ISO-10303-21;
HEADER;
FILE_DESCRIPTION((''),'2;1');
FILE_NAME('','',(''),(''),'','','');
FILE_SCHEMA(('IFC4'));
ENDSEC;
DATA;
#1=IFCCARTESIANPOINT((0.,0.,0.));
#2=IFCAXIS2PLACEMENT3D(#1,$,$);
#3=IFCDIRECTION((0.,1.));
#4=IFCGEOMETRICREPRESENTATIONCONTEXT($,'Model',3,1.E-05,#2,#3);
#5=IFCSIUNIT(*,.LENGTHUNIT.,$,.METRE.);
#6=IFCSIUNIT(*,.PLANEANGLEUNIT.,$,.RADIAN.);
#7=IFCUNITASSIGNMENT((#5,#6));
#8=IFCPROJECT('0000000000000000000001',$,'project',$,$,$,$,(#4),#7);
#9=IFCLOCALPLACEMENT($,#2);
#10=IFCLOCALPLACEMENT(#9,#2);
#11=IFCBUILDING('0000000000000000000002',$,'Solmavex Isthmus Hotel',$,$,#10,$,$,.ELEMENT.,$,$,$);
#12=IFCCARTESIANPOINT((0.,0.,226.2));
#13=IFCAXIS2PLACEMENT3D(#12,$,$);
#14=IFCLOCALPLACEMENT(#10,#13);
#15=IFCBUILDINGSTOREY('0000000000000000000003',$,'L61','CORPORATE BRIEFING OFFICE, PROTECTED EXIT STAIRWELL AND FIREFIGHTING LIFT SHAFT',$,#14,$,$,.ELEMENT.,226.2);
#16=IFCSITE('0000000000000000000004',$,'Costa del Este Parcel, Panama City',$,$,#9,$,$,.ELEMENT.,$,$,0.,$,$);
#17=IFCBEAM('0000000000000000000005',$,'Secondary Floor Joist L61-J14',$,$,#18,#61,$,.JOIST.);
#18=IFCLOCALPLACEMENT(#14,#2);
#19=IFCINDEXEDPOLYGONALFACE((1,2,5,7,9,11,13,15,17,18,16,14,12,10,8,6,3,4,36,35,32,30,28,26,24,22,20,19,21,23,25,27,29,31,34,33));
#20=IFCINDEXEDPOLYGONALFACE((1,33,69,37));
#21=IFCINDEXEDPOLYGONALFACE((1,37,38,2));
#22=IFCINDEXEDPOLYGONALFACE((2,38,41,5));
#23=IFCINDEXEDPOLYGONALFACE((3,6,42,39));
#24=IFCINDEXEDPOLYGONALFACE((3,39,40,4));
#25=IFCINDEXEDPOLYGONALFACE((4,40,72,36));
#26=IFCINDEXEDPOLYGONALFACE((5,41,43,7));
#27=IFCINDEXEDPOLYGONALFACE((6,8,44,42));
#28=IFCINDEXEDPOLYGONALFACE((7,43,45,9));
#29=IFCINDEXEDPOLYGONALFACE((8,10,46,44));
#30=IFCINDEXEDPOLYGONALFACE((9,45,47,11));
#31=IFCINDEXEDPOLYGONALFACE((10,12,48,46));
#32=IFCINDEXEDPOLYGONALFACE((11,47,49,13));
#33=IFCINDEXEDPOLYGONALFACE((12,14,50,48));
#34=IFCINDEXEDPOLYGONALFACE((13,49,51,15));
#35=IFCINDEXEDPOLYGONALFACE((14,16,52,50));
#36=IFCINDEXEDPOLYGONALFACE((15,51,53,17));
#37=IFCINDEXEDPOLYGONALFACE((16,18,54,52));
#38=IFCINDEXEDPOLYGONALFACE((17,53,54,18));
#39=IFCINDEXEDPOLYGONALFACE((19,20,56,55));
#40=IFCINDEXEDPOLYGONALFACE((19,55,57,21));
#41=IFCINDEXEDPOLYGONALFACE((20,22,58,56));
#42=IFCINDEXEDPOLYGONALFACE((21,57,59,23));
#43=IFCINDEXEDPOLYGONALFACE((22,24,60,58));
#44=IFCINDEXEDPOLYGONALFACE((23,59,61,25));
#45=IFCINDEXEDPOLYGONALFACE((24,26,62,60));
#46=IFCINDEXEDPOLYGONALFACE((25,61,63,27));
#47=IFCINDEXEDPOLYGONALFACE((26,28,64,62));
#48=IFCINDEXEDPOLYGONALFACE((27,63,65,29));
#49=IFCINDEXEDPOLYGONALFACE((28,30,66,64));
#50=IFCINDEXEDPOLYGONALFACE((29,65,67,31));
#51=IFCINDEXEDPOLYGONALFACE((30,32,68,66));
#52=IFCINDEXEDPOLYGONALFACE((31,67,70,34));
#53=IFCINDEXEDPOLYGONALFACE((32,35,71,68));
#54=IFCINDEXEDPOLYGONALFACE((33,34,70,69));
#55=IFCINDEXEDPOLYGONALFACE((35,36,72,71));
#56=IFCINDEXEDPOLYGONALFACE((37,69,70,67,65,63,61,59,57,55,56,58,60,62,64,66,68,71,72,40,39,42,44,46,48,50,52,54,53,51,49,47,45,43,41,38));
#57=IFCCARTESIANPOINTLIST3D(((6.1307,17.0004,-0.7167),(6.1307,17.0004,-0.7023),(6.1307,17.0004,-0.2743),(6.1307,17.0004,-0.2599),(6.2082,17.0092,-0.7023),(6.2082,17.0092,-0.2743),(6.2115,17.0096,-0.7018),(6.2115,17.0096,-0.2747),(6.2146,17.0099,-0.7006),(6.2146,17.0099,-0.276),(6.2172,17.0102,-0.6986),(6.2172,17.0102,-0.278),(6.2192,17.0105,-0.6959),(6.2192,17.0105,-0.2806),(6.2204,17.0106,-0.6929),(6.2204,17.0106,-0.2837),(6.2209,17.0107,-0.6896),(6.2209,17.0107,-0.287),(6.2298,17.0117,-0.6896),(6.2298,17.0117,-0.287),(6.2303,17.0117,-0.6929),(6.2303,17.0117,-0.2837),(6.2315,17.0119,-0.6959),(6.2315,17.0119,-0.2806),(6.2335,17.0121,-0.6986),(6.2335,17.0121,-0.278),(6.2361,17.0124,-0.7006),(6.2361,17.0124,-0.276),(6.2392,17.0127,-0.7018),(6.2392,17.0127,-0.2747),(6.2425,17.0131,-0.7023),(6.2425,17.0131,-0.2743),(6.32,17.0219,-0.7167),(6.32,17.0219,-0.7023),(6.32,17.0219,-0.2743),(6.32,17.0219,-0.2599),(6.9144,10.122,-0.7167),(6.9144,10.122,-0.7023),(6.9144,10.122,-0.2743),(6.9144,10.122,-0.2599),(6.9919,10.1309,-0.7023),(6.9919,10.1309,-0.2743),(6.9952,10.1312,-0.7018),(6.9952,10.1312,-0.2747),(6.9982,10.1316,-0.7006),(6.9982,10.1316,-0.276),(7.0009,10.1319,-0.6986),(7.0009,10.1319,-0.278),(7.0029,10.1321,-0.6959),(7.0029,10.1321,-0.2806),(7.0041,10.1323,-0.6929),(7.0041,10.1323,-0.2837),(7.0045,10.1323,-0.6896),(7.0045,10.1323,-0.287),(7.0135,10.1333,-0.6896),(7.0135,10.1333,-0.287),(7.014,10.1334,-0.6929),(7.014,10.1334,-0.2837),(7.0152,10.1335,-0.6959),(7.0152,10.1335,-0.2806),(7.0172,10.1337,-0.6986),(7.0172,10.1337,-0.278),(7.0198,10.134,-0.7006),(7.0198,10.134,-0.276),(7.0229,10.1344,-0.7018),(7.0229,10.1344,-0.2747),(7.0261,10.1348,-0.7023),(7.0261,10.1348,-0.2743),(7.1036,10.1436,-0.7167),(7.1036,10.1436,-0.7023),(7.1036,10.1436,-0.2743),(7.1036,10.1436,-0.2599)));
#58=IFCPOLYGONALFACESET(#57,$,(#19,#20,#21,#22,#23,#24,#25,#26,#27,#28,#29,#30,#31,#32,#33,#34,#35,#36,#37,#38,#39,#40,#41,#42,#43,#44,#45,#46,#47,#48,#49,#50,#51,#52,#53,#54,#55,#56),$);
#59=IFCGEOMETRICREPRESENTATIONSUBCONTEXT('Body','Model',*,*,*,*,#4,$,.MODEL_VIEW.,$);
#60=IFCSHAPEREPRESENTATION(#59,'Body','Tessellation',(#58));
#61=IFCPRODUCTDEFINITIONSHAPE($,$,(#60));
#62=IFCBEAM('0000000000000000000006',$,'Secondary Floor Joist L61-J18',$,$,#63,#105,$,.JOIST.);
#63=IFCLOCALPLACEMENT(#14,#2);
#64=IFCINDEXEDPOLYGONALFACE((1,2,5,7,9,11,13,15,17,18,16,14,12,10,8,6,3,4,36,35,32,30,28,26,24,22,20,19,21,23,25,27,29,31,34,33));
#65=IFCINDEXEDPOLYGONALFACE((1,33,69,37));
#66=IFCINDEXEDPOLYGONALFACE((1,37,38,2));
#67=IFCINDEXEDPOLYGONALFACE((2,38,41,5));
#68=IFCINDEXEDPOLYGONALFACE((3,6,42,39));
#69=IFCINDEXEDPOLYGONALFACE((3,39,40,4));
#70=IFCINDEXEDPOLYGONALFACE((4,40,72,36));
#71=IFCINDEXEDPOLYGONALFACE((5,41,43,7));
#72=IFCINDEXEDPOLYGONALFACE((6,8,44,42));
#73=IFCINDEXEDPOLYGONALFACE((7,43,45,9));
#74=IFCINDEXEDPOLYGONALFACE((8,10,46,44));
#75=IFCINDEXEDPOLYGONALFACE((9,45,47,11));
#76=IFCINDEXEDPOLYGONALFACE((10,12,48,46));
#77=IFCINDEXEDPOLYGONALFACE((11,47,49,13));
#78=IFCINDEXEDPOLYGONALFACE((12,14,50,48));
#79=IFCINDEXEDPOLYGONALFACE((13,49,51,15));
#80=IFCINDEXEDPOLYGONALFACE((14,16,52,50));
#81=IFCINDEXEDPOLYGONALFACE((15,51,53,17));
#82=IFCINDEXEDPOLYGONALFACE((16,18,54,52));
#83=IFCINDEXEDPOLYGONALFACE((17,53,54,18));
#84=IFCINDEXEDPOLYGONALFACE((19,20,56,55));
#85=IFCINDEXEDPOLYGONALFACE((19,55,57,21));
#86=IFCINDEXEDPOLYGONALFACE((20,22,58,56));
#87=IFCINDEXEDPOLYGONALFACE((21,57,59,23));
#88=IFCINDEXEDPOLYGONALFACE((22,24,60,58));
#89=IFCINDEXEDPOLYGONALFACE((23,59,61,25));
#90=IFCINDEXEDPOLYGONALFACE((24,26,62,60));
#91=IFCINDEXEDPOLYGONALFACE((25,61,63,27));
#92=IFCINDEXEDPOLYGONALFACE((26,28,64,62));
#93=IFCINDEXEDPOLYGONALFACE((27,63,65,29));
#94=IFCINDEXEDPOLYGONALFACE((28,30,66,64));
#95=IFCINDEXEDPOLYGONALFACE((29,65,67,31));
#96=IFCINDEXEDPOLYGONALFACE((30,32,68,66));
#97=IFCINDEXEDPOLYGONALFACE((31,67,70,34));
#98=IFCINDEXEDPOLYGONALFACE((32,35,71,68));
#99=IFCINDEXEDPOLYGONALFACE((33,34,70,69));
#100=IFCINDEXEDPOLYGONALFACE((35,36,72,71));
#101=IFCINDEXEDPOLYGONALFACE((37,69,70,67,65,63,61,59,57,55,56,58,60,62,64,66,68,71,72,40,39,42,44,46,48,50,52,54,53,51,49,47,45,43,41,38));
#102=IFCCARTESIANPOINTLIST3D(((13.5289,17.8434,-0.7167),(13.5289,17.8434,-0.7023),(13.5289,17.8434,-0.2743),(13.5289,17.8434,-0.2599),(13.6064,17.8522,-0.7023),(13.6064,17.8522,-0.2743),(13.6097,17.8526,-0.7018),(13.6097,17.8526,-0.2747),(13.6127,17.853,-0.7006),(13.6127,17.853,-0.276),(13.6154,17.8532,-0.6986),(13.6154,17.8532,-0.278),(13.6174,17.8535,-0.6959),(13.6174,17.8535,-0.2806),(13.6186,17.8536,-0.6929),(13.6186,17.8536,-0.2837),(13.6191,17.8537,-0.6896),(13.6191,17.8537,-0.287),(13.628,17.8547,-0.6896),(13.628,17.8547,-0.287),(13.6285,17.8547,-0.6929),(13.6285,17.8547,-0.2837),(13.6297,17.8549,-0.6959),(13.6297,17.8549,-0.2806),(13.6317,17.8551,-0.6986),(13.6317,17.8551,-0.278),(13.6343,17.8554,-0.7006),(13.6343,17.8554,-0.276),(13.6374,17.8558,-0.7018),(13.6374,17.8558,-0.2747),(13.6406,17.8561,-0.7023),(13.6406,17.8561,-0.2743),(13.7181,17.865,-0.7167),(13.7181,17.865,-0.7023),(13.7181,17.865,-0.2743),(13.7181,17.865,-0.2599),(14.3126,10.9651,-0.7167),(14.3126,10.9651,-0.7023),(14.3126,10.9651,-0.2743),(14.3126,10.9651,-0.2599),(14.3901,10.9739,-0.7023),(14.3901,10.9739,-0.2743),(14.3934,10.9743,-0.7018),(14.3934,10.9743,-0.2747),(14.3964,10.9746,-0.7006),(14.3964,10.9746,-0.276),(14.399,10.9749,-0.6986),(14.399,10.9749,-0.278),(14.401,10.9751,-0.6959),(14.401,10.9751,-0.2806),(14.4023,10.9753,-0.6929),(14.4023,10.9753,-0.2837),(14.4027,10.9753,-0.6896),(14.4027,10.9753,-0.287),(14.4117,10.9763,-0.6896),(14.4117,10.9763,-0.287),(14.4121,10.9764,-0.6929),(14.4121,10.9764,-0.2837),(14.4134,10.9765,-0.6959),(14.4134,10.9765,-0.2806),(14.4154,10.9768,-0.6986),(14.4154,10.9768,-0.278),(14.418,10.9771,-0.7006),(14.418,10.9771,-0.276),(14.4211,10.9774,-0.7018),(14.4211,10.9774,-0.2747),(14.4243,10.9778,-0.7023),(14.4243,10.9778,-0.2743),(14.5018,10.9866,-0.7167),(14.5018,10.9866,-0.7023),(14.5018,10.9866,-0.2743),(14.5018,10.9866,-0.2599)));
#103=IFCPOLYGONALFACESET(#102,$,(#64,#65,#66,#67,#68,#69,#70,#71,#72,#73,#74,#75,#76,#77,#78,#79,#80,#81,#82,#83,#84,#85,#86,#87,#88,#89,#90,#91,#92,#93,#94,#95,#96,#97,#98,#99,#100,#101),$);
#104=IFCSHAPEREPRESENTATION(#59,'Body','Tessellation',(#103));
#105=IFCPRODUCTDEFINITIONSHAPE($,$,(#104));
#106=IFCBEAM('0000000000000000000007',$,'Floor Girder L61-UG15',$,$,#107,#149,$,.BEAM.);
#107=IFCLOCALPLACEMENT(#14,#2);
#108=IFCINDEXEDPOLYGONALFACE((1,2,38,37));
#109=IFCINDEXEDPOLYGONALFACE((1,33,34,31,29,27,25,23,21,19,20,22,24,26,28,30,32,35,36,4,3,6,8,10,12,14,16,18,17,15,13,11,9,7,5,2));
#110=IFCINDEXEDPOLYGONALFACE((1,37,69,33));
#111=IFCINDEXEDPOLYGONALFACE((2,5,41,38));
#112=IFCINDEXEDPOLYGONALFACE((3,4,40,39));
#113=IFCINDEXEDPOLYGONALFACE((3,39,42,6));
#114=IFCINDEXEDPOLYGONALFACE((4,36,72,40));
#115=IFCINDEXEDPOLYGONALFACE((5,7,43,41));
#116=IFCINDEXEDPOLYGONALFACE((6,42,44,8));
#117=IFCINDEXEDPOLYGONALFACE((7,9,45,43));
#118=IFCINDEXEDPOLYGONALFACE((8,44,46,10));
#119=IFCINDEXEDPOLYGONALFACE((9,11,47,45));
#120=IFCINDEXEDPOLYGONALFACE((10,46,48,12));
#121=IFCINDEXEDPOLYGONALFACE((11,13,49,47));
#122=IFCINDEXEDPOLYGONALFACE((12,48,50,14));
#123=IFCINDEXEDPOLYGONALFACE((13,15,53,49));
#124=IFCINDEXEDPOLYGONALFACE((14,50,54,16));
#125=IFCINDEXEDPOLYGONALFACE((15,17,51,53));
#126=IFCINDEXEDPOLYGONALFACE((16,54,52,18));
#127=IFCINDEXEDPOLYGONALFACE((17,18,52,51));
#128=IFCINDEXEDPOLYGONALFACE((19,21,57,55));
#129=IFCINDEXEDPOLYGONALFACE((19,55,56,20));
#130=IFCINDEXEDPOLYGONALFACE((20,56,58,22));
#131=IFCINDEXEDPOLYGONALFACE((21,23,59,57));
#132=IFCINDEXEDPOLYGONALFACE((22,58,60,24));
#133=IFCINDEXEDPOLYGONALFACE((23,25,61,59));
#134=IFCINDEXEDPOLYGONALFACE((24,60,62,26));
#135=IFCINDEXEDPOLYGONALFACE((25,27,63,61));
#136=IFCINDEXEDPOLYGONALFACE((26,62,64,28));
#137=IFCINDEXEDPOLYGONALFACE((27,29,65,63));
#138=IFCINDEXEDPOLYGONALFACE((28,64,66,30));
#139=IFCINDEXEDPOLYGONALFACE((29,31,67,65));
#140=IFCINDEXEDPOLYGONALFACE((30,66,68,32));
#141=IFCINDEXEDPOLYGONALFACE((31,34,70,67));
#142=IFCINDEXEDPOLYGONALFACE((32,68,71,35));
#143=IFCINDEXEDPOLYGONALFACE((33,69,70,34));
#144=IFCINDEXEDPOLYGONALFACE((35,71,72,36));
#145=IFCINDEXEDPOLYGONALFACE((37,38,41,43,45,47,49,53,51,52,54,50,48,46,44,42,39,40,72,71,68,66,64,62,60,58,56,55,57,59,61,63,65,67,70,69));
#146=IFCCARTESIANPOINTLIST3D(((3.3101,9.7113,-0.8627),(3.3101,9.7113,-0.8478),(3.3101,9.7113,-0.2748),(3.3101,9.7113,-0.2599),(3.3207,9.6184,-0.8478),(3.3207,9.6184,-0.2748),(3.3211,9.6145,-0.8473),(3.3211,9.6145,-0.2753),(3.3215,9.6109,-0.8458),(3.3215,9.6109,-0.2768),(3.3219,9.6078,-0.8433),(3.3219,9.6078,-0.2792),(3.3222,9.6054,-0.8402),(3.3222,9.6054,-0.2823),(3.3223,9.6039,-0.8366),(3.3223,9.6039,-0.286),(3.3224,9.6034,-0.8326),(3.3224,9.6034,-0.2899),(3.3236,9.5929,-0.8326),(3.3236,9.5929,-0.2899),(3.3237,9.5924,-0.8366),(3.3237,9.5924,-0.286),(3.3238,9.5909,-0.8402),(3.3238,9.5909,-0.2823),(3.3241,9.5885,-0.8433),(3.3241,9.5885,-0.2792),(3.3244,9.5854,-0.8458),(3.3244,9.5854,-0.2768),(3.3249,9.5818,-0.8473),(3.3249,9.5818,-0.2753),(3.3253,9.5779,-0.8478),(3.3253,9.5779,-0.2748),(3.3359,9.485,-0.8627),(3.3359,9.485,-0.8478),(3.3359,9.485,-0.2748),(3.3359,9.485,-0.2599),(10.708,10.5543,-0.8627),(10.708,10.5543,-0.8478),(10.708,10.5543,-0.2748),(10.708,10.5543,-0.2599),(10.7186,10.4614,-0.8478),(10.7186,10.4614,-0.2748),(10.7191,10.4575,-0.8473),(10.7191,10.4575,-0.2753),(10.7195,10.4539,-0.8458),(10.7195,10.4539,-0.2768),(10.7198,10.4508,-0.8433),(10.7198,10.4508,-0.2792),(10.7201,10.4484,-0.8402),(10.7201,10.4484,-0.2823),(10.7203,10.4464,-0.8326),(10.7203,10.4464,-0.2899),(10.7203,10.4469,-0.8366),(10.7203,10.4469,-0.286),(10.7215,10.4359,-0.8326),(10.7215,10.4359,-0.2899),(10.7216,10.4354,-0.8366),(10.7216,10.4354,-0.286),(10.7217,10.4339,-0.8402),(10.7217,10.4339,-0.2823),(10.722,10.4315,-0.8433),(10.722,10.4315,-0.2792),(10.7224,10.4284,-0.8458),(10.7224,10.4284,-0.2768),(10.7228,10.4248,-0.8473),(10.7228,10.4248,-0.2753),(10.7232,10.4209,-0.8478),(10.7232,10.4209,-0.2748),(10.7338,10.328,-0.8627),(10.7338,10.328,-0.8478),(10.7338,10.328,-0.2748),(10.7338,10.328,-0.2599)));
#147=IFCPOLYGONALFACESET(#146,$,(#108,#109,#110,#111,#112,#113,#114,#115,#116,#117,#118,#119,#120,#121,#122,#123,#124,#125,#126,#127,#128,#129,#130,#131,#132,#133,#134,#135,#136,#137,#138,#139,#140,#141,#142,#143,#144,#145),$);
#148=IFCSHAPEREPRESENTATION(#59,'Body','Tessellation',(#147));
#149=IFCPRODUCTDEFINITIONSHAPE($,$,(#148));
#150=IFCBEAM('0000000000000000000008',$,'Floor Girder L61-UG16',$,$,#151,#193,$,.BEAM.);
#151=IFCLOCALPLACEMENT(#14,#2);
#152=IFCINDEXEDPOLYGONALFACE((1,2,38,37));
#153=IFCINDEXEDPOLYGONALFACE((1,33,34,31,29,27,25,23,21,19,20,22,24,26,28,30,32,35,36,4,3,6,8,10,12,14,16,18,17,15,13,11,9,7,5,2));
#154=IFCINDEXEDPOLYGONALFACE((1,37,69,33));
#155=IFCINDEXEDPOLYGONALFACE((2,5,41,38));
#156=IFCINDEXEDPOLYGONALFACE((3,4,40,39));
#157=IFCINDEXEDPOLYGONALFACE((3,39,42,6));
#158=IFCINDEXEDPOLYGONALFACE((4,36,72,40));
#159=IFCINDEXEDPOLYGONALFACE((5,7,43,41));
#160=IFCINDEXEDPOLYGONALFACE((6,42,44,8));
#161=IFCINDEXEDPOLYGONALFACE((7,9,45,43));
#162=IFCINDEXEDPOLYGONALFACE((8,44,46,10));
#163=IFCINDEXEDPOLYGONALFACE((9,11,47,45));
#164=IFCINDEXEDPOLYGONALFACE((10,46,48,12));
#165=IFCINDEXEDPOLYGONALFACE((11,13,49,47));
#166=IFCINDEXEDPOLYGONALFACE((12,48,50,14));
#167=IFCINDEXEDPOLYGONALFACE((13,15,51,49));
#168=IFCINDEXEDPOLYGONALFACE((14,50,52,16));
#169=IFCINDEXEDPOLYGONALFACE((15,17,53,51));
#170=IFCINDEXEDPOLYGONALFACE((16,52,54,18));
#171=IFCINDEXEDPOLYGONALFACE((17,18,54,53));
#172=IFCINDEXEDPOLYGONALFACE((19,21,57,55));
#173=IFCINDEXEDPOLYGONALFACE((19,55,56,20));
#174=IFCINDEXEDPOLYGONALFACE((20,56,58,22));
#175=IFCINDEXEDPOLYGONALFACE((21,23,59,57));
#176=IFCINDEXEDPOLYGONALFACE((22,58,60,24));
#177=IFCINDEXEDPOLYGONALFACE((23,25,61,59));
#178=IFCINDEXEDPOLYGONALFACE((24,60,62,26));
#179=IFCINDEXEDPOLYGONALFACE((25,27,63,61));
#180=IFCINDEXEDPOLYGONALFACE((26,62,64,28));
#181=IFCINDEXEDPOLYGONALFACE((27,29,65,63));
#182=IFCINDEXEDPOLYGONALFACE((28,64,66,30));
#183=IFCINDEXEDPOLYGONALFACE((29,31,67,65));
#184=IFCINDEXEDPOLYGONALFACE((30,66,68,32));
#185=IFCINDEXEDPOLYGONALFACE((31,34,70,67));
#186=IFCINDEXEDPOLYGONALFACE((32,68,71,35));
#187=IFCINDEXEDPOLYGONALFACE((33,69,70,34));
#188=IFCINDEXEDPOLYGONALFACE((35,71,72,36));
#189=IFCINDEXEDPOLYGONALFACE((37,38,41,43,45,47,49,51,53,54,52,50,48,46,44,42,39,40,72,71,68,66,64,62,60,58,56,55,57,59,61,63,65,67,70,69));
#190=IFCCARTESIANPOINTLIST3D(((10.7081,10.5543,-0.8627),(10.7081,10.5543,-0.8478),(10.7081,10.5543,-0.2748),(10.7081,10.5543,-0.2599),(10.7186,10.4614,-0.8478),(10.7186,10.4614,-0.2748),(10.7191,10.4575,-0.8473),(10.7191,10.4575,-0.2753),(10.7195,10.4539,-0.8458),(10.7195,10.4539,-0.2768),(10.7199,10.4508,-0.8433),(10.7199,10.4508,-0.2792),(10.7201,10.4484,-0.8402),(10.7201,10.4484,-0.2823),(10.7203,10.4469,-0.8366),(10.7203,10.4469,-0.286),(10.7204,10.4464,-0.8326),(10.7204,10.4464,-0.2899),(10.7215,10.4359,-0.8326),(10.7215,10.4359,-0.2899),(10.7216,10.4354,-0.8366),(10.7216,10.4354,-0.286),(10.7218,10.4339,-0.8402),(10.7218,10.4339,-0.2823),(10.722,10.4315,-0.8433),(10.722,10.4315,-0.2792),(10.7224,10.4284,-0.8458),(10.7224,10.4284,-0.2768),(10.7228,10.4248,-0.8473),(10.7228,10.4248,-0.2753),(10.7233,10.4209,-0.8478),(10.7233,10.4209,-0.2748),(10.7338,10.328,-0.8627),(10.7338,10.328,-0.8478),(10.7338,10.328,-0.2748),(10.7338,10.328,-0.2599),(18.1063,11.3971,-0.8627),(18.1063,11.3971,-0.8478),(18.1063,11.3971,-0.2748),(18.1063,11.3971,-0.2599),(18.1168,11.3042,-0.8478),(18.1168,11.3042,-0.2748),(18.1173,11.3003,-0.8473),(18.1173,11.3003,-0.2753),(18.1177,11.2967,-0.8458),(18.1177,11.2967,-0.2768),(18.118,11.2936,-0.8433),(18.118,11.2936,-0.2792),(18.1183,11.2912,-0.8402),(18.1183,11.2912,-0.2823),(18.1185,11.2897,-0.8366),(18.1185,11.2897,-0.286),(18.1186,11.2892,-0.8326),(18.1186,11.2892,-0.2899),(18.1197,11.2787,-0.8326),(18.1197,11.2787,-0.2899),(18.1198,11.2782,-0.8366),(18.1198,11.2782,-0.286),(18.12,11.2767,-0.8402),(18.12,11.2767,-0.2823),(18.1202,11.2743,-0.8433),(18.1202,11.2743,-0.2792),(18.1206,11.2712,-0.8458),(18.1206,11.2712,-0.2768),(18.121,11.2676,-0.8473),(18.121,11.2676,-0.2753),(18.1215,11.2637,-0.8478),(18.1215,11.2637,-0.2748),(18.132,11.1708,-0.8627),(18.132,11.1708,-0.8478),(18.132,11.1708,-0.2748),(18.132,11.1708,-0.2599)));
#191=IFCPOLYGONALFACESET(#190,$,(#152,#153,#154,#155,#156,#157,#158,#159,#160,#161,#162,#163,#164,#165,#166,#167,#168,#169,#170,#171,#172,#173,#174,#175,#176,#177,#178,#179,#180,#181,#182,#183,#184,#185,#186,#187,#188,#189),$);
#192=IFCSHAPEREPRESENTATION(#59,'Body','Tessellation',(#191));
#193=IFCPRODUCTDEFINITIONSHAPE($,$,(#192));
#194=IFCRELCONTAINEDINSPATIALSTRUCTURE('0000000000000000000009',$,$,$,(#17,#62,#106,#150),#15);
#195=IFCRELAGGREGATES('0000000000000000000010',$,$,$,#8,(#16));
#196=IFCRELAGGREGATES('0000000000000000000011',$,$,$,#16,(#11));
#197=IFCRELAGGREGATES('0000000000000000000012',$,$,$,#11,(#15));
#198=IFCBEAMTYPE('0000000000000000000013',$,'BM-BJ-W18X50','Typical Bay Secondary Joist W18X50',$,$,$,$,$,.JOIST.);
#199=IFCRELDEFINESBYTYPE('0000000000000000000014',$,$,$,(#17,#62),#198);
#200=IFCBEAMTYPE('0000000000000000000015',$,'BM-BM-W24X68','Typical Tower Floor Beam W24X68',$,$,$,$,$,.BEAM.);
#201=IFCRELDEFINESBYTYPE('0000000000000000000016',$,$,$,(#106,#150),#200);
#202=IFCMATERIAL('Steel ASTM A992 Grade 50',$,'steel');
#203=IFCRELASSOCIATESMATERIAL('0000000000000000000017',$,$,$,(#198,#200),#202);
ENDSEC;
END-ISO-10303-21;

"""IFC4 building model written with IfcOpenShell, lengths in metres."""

from ifc_helpers import new_model, si_unit, direction, frame, origin, origin_2d, place, context, subcontext, project, spatial, i_section, extrude, material, material_profile, profile_set, type_object, element, save


model = new_model("IFC4")

# Units and contexts
model_context = context("Model", 3, precision=1e-05, world=origin(), true_north=direction((0.0, 1.0)))
body_context = subcontext(model_context, "Body", "Model", "MODEL_VIEW")
ifc_project = project(units=[si_unit("LENGTHUNIT", "METRE"), si_unit("PLANEANGLEUNIT", "RADIAN")], contexts=[model_context])

# Site, building, storey
site_placement = place(None, origin())
site = spatial("IfcSite", under=ifc_project, at=site_placement, Name="Costa del Este Parcel, Panama City", CompositionType="ELEMENT", RefElevation=0.0)
building_placement = place(site_placement, origin())
building = spatial("IfcBuilding", under=site, at=building_placement, Name="Solmavex Isthmus Hotel", CompositionType="ELEMENT")
storey_placement = place(building_placement, frame((0.0, 0.0, 226.2)))
storey = spatial("IfcBuildingStorey", under=building, at=storey_placement, Name="L61", Description="CORPORATE BRIEFING OFFICE, PROTECTED EXIT STAIRWELL AND FIREFIGHTING LIFT SHAFT", CompositionType="ELEMENT", Elevation=226.2)

# Beams
ifc_material_1 = material(Name="Steel ASTM A992 Grade 50", Category="steel")
ifc_material_profile_1 = material_profile(ifc_material_1, i_section(OverallWidth=0.1904, OverallDepth=0.4568, WebThickness=0.009, FlangeThickness=0.0144, FilletRadius=0.0127, at=origin_2d()), Name="W18X50")
ifc_profile_set_1 = profile_set([ifc_material_profile_1], Name="Steel ASTM A992 Grade 50")
beam_type_1 = type_object("IfcBeamType", Name="BM-BJ-W18X50", Description="Typical Bay Secondary Joist W18X50", PredefinedType="JOIST", material=ifc_profile_set_1)
for number, where, z_axis, x_axis, name in (
    (1, (7.009, 10.1328, -0.4883), (-0.113202, 0.993572, 0.0), (-0.993572, -0.113202, 0.0), "Secondary Floor Joist L61-J14"),
    (2, (14.4072, 10.9758, -0.4883), (-0.113202, 0.993572, 0.0), (-0.993572, -0.113202, 0.0), "Secondary Floor Joist L61-J18"),
):
    element("IfcBeam", number, at=place(storey_placement, frame(where, z_axis=z_axis, x_axis=x_axis)), inside=storey, type_object=beam_type_1, Name=name, PredefinedType="JOIST", context=body_context, shape_type="SweptSolid", body=[
        extrude(i_section(OverallWidth=0.1904, OverallDepth=0.4568, WebThickness=0.009, FlangeThickness=0.0144, FilletRadius=0.0127, at=origin_2d()), origin(), (0.0, 0.0, 1.0), 6.9229),
    ])
ifc_material_profile_2 = material_profile(ifc_material_1, i_section(OverallWidth=0.2278, OverallDepth=0.6028, WebThickness=0.0105, FlangeThickness=0.0149, FilletRadius=0.0151, at=origin_2d()), Name="W24X68")
ifc_profile_set_2 = profile_set([ifc_material_profile_2], Name="Steel ASTM A992 Grade 50")
beam_type_2 = type_object("IfcBeamType", Name="BM-BM-W24X68", Description="Typical Tower Floor Beam W24X68", PredefinedType="BEAM", material=ifc_profile_set_2)
beam_1_placement = place(storey_placement, frame((3.323, 9.5981, -0.5613), z_axis=(0.99357, 0.11322, 0.0), x_axis=(-0.11322, 0.99357, 0.0)))
element("IfcBeam", 3, at=beam_1_placement, inside=storey, type_object=beam_type_2, Name="Floor Girder L61-UG15", PredefinedType="BEAM", context=body_context, shape_type="SweptSolid", body=[
    extrude(i_section(OverallWidth=0.2278, OverallDepth=0.6028, WebThickness=0.0105, FlangeThickness=0.0149, FilletRadius=0.0151, at=origin_2d()), origin(), (0.0, 0.0, 1.0), 7.4458),
])
beam_2_placement = place(storey_placement, frame((10.7209, 10.4412, -0.5613), z_axis=(0.993574, 0.113184, 0.0), x_axis=(-0.113184, 0.993574, 0.0)))
element("IfcBeam", 4, at=beam_2_placement, inside=storey, type_object=beam_type_2, Name="Floor Girder L61-UG16", PredefinedType="BEAM", context=body_context, shape_type="SweptSolid", body=[
    extrude(i_section(OverallWidth=0.2278, OverallDepth=0.6028, WebThickness=0.0105, FlangeThickness=0.0149, FilletRadius=0.0151, at=origin_2d()), origin(), (0.0, 0.0, 1.0), 7.446),
])

save(model, "model.ifc")
